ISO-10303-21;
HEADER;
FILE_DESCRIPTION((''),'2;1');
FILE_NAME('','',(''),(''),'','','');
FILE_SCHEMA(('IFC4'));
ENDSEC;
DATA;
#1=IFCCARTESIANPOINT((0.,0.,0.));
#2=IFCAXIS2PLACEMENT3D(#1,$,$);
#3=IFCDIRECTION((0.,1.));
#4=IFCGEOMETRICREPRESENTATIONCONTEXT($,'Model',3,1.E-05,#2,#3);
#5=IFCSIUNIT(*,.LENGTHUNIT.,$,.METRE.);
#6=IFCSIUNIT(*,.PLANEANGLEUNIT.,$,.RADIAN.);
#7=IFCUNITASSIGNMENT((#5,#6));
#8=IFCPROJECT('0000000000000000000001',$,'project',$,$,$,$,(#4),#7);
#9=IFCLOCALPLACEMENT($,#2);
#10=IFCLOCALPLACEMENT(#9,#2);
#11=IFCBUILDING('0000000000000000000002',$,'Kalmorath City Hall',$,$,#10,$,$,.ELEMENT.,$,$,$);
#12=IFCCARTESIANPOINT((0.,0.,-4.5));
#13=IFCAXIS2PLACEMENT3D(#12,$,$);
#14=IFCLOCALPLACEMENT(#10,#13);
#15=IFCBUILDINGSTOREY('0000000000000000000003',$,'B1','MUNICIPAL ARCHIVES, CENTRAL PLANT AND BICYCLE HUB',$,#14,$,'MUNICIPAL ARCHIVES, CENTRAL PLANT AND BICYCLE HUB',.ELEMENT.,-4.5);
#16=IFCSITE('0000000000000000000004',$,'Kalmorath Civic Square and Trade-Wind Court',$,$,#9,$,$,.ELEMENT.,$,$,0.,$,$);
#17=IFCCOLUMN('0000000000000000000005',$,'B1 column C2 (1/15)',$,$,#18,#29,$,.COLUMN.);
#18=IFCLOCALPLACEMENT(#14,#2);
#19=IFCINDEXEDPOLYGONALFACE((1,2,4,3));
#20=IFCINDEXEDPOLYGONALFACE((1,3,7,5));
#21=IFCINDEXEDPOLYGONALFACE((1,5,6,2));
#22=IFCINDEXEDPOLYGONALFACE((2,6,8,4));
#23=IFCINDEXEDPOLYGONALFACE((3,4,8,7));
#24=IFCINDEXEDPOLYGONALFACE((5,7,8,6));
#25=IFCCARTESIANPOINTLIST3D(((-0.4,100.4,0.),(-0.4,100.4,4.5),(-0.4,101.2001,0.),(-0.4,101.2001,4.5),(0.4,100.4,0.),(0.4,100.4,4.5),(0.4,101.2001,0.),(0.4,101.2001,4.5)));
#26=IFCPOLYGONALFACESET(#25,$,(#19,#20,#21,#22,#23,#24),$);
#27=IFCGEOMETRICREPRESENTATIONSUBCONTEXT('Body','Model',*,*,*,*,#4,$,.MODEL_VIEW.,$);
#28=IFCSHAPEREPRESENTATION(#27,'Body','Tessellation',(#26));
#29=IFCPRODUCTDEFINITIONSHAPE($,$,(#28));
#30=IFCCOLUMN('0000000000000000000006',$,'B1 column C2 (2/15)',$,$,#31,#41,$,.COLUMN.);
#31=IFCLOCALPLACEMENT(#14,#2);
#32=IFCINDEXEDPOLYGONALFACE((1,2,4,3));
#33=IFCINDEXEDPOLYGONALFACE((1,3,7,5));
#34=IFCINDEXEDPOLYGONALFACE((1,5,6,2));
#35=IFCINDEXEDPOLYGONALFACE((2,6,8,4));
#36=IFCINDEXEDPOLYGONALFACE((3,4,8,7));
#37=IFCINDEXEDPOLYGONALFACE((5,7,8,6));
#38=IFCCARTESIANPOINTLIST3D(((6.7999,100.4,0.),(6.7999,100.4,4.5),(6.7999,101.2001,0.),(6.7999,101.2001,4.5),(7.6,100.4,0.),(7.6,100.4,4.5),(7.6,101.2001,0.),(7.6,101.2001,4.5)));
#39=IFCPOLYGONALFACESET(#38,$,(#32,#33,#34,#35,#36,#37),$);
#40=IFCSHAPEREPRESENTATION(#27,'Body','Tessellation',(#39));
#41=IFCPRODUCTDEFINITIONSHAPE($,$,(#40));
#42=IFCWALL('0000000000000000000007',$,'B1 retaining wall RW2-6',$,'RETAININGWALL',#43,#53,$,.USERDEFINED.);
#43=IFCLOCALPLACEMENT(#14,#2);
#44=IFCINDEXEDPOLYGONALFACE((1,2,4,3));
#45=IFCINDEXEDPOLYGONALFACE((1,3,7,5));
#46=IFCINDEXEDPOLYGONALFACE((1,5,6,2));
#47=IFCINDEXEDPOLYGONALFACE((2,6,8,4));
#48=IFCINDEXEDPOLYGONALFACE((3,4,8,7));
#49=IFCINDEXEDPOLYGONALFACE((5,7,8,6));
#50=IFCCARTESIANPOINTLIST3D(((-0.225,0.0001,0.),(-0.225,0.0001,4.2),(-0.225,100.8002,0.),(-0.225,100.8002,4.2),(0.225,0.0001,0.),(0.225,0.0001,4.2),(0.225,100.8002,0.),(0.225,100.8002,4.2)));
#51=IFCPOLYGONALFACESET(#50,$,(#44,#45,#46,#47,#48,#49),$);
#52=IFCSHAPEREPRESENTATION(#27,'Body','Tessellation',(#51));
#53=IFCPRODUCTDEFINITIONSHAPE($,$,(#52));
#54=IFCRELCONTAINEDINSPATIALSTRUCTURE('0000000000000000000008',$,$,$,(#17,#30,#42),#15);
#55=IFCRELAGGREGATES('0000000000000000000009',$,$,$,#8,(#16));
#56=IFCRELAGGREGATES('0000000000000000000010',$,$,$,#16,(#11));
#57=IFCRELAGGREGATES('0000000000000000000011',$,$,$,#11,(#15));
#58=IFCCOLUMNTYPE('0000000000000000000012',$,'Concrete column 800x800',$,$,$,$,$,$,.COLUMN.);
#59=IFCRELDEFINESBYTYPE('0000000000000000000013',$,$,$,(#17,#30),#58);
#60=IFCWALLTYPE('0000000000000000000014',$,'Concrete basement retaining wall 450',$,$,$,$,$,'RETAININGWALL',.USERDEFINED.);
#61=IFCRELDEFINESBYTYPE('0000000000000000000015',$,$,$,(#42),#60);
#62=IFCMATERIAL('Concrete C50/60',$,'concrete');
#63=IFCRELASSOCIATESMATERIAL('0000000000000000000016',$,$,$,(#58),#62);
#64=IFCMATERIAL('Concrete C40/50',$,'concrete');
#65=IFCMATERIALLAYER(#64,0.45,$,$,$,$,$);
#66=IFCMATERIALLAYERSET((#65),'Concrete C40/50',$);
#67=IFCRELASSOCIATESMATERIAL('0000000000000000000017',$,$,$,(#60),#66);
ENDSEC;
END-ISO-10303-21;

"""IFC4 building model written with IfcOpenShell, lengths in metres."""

from ifc_helpers import new_model, si_unit, direction, frame, frame_2d, origin, origin_2d, place, context, subcontext, project, spatial, rectangle, extrude, material, layer, layer_set, material_profile, profile_set, type_object, element, save


model = new_model("IFC4")

# Units and contexts
model_context = context("Model", 3, precision=1e-05, world=origin(), true_north=direction((0.0, 1.0)))
body_context = subcontext(model_context, "Body", "Model", "MODEL_VIEW")
ifc_project = project(units=[si_unit("LENGTHUNIT", "METRE"), si_unit("PLANEANGLEUNIT", "RADIAN")], contexts=[model_context])

# Site, building, storey
site_placement = place(None, origin())
site = spatial("IfcSite", under=ifc_project, at=site_placement, Name="Kalmorath Civic Square and Trade-Wind Court", CompositionType="ELEMENT", RefElevation=0.0)
building_placement = place(site_placement, origin())
building = spatial("IfcBuilding", under=site, at=building_placement, Name="Kalmorath City Hall", CompositionType="ELEMENT")
storey_placement = place(building_placement, frame((0.0, 0.0, -4.5)))
storey = spatial("IfcBuildingStorey", under=building, at=storey_placement, Name="B1", Description="MUNICIPAL ARCHIVES, CENTRAL PLANT AND BICYCLE HUB", LongName="MUNICIPAL ARCHIVES, CENTRAL PLANT AND BICYCLE HUB", CompositionType="ELEMENT", Elevation=-4.5)

# Columns
ifc_material_1 = material(Name="Concrete C50/60", Category="concrete")
ifc_material_profile_1 = material_profile(ifc_material_1, rectangle(XDim=0.8, YDim=0.8, at=origin_2d()), Name="RC-COL-800X800")
ifc_profile_set_1 = profile_set([ifc_material_profile_1], Name="Concrete C50/60")
column_type_1 = type_object("IfcColumnType", Name="Concrete column 800x800", PredefinedType="COLUMN", material=ifc_profile_set_1)
for number, where, z_axis, x_axis, name in (
    (1, (0.0, 100.8, 0.0), (0.0, 0.0, 1.0), (1.0, 0.0, 0.0), "B1 column C2 (1/15)"),
    (2, (7.2, 100.8, 0.0), (0.0, 0.0, 1.0), (1.0, 0.0, 0.0), "B1 column C2 (2/15)"),
):
    element("IfcColumn", number, at=place(storey_placement, frame(where, z_axis=z_axis, x_axis=x_axis)), inside=storey, type_object=column_type_1, Name=name, PredefinedType="COLUMN", context=body_context, shape_type="SweptSolid", body=[
        extrude(rectangle(XDim=0.8, YDim=0.8, at=origin_2d()), origin(), (0.0, 0.0, 1.0), 4.5),
    ])

# Wall
ifc_material_2 = material(Name="Concrete C40/50", Category="concrete")
ifc_layer = layer(ifc_material_2, 0.45)
ifc_layer_set = layer_set([ifc_layer], Name="Concrete C40/50")
wall_type = type_object("IfcWallType", Name="Concrete basement retaining wall 450", ElementType="RETAININGWALL", PredefinedType="USERDEFINED", material=ifc_layer_set)
wall_placement = place(storey_placement, frame((0.0, 100.8, 0.0), z_axis=(0.0, 0.0, 1.0), x_axis=(0.0, -1.0, 0.0)))
element("IfcWall", 3, at=wall_placement, inside=storey, type_object=wall_type, Name="B1 retaining wall RW2-6", ObjectType="RETAININGWALL", PredefinedType="USERDEFINED", context=body_context, shape_type="SweptSolid", body=[
    extrude(rectangle(XDim=100.8, YDim=0.45, at=frame_2d((50.3999, 0.0))), origin(), (0.0, 0.0, 1.0), 4.2),
])

save(model, "model.ifc")
